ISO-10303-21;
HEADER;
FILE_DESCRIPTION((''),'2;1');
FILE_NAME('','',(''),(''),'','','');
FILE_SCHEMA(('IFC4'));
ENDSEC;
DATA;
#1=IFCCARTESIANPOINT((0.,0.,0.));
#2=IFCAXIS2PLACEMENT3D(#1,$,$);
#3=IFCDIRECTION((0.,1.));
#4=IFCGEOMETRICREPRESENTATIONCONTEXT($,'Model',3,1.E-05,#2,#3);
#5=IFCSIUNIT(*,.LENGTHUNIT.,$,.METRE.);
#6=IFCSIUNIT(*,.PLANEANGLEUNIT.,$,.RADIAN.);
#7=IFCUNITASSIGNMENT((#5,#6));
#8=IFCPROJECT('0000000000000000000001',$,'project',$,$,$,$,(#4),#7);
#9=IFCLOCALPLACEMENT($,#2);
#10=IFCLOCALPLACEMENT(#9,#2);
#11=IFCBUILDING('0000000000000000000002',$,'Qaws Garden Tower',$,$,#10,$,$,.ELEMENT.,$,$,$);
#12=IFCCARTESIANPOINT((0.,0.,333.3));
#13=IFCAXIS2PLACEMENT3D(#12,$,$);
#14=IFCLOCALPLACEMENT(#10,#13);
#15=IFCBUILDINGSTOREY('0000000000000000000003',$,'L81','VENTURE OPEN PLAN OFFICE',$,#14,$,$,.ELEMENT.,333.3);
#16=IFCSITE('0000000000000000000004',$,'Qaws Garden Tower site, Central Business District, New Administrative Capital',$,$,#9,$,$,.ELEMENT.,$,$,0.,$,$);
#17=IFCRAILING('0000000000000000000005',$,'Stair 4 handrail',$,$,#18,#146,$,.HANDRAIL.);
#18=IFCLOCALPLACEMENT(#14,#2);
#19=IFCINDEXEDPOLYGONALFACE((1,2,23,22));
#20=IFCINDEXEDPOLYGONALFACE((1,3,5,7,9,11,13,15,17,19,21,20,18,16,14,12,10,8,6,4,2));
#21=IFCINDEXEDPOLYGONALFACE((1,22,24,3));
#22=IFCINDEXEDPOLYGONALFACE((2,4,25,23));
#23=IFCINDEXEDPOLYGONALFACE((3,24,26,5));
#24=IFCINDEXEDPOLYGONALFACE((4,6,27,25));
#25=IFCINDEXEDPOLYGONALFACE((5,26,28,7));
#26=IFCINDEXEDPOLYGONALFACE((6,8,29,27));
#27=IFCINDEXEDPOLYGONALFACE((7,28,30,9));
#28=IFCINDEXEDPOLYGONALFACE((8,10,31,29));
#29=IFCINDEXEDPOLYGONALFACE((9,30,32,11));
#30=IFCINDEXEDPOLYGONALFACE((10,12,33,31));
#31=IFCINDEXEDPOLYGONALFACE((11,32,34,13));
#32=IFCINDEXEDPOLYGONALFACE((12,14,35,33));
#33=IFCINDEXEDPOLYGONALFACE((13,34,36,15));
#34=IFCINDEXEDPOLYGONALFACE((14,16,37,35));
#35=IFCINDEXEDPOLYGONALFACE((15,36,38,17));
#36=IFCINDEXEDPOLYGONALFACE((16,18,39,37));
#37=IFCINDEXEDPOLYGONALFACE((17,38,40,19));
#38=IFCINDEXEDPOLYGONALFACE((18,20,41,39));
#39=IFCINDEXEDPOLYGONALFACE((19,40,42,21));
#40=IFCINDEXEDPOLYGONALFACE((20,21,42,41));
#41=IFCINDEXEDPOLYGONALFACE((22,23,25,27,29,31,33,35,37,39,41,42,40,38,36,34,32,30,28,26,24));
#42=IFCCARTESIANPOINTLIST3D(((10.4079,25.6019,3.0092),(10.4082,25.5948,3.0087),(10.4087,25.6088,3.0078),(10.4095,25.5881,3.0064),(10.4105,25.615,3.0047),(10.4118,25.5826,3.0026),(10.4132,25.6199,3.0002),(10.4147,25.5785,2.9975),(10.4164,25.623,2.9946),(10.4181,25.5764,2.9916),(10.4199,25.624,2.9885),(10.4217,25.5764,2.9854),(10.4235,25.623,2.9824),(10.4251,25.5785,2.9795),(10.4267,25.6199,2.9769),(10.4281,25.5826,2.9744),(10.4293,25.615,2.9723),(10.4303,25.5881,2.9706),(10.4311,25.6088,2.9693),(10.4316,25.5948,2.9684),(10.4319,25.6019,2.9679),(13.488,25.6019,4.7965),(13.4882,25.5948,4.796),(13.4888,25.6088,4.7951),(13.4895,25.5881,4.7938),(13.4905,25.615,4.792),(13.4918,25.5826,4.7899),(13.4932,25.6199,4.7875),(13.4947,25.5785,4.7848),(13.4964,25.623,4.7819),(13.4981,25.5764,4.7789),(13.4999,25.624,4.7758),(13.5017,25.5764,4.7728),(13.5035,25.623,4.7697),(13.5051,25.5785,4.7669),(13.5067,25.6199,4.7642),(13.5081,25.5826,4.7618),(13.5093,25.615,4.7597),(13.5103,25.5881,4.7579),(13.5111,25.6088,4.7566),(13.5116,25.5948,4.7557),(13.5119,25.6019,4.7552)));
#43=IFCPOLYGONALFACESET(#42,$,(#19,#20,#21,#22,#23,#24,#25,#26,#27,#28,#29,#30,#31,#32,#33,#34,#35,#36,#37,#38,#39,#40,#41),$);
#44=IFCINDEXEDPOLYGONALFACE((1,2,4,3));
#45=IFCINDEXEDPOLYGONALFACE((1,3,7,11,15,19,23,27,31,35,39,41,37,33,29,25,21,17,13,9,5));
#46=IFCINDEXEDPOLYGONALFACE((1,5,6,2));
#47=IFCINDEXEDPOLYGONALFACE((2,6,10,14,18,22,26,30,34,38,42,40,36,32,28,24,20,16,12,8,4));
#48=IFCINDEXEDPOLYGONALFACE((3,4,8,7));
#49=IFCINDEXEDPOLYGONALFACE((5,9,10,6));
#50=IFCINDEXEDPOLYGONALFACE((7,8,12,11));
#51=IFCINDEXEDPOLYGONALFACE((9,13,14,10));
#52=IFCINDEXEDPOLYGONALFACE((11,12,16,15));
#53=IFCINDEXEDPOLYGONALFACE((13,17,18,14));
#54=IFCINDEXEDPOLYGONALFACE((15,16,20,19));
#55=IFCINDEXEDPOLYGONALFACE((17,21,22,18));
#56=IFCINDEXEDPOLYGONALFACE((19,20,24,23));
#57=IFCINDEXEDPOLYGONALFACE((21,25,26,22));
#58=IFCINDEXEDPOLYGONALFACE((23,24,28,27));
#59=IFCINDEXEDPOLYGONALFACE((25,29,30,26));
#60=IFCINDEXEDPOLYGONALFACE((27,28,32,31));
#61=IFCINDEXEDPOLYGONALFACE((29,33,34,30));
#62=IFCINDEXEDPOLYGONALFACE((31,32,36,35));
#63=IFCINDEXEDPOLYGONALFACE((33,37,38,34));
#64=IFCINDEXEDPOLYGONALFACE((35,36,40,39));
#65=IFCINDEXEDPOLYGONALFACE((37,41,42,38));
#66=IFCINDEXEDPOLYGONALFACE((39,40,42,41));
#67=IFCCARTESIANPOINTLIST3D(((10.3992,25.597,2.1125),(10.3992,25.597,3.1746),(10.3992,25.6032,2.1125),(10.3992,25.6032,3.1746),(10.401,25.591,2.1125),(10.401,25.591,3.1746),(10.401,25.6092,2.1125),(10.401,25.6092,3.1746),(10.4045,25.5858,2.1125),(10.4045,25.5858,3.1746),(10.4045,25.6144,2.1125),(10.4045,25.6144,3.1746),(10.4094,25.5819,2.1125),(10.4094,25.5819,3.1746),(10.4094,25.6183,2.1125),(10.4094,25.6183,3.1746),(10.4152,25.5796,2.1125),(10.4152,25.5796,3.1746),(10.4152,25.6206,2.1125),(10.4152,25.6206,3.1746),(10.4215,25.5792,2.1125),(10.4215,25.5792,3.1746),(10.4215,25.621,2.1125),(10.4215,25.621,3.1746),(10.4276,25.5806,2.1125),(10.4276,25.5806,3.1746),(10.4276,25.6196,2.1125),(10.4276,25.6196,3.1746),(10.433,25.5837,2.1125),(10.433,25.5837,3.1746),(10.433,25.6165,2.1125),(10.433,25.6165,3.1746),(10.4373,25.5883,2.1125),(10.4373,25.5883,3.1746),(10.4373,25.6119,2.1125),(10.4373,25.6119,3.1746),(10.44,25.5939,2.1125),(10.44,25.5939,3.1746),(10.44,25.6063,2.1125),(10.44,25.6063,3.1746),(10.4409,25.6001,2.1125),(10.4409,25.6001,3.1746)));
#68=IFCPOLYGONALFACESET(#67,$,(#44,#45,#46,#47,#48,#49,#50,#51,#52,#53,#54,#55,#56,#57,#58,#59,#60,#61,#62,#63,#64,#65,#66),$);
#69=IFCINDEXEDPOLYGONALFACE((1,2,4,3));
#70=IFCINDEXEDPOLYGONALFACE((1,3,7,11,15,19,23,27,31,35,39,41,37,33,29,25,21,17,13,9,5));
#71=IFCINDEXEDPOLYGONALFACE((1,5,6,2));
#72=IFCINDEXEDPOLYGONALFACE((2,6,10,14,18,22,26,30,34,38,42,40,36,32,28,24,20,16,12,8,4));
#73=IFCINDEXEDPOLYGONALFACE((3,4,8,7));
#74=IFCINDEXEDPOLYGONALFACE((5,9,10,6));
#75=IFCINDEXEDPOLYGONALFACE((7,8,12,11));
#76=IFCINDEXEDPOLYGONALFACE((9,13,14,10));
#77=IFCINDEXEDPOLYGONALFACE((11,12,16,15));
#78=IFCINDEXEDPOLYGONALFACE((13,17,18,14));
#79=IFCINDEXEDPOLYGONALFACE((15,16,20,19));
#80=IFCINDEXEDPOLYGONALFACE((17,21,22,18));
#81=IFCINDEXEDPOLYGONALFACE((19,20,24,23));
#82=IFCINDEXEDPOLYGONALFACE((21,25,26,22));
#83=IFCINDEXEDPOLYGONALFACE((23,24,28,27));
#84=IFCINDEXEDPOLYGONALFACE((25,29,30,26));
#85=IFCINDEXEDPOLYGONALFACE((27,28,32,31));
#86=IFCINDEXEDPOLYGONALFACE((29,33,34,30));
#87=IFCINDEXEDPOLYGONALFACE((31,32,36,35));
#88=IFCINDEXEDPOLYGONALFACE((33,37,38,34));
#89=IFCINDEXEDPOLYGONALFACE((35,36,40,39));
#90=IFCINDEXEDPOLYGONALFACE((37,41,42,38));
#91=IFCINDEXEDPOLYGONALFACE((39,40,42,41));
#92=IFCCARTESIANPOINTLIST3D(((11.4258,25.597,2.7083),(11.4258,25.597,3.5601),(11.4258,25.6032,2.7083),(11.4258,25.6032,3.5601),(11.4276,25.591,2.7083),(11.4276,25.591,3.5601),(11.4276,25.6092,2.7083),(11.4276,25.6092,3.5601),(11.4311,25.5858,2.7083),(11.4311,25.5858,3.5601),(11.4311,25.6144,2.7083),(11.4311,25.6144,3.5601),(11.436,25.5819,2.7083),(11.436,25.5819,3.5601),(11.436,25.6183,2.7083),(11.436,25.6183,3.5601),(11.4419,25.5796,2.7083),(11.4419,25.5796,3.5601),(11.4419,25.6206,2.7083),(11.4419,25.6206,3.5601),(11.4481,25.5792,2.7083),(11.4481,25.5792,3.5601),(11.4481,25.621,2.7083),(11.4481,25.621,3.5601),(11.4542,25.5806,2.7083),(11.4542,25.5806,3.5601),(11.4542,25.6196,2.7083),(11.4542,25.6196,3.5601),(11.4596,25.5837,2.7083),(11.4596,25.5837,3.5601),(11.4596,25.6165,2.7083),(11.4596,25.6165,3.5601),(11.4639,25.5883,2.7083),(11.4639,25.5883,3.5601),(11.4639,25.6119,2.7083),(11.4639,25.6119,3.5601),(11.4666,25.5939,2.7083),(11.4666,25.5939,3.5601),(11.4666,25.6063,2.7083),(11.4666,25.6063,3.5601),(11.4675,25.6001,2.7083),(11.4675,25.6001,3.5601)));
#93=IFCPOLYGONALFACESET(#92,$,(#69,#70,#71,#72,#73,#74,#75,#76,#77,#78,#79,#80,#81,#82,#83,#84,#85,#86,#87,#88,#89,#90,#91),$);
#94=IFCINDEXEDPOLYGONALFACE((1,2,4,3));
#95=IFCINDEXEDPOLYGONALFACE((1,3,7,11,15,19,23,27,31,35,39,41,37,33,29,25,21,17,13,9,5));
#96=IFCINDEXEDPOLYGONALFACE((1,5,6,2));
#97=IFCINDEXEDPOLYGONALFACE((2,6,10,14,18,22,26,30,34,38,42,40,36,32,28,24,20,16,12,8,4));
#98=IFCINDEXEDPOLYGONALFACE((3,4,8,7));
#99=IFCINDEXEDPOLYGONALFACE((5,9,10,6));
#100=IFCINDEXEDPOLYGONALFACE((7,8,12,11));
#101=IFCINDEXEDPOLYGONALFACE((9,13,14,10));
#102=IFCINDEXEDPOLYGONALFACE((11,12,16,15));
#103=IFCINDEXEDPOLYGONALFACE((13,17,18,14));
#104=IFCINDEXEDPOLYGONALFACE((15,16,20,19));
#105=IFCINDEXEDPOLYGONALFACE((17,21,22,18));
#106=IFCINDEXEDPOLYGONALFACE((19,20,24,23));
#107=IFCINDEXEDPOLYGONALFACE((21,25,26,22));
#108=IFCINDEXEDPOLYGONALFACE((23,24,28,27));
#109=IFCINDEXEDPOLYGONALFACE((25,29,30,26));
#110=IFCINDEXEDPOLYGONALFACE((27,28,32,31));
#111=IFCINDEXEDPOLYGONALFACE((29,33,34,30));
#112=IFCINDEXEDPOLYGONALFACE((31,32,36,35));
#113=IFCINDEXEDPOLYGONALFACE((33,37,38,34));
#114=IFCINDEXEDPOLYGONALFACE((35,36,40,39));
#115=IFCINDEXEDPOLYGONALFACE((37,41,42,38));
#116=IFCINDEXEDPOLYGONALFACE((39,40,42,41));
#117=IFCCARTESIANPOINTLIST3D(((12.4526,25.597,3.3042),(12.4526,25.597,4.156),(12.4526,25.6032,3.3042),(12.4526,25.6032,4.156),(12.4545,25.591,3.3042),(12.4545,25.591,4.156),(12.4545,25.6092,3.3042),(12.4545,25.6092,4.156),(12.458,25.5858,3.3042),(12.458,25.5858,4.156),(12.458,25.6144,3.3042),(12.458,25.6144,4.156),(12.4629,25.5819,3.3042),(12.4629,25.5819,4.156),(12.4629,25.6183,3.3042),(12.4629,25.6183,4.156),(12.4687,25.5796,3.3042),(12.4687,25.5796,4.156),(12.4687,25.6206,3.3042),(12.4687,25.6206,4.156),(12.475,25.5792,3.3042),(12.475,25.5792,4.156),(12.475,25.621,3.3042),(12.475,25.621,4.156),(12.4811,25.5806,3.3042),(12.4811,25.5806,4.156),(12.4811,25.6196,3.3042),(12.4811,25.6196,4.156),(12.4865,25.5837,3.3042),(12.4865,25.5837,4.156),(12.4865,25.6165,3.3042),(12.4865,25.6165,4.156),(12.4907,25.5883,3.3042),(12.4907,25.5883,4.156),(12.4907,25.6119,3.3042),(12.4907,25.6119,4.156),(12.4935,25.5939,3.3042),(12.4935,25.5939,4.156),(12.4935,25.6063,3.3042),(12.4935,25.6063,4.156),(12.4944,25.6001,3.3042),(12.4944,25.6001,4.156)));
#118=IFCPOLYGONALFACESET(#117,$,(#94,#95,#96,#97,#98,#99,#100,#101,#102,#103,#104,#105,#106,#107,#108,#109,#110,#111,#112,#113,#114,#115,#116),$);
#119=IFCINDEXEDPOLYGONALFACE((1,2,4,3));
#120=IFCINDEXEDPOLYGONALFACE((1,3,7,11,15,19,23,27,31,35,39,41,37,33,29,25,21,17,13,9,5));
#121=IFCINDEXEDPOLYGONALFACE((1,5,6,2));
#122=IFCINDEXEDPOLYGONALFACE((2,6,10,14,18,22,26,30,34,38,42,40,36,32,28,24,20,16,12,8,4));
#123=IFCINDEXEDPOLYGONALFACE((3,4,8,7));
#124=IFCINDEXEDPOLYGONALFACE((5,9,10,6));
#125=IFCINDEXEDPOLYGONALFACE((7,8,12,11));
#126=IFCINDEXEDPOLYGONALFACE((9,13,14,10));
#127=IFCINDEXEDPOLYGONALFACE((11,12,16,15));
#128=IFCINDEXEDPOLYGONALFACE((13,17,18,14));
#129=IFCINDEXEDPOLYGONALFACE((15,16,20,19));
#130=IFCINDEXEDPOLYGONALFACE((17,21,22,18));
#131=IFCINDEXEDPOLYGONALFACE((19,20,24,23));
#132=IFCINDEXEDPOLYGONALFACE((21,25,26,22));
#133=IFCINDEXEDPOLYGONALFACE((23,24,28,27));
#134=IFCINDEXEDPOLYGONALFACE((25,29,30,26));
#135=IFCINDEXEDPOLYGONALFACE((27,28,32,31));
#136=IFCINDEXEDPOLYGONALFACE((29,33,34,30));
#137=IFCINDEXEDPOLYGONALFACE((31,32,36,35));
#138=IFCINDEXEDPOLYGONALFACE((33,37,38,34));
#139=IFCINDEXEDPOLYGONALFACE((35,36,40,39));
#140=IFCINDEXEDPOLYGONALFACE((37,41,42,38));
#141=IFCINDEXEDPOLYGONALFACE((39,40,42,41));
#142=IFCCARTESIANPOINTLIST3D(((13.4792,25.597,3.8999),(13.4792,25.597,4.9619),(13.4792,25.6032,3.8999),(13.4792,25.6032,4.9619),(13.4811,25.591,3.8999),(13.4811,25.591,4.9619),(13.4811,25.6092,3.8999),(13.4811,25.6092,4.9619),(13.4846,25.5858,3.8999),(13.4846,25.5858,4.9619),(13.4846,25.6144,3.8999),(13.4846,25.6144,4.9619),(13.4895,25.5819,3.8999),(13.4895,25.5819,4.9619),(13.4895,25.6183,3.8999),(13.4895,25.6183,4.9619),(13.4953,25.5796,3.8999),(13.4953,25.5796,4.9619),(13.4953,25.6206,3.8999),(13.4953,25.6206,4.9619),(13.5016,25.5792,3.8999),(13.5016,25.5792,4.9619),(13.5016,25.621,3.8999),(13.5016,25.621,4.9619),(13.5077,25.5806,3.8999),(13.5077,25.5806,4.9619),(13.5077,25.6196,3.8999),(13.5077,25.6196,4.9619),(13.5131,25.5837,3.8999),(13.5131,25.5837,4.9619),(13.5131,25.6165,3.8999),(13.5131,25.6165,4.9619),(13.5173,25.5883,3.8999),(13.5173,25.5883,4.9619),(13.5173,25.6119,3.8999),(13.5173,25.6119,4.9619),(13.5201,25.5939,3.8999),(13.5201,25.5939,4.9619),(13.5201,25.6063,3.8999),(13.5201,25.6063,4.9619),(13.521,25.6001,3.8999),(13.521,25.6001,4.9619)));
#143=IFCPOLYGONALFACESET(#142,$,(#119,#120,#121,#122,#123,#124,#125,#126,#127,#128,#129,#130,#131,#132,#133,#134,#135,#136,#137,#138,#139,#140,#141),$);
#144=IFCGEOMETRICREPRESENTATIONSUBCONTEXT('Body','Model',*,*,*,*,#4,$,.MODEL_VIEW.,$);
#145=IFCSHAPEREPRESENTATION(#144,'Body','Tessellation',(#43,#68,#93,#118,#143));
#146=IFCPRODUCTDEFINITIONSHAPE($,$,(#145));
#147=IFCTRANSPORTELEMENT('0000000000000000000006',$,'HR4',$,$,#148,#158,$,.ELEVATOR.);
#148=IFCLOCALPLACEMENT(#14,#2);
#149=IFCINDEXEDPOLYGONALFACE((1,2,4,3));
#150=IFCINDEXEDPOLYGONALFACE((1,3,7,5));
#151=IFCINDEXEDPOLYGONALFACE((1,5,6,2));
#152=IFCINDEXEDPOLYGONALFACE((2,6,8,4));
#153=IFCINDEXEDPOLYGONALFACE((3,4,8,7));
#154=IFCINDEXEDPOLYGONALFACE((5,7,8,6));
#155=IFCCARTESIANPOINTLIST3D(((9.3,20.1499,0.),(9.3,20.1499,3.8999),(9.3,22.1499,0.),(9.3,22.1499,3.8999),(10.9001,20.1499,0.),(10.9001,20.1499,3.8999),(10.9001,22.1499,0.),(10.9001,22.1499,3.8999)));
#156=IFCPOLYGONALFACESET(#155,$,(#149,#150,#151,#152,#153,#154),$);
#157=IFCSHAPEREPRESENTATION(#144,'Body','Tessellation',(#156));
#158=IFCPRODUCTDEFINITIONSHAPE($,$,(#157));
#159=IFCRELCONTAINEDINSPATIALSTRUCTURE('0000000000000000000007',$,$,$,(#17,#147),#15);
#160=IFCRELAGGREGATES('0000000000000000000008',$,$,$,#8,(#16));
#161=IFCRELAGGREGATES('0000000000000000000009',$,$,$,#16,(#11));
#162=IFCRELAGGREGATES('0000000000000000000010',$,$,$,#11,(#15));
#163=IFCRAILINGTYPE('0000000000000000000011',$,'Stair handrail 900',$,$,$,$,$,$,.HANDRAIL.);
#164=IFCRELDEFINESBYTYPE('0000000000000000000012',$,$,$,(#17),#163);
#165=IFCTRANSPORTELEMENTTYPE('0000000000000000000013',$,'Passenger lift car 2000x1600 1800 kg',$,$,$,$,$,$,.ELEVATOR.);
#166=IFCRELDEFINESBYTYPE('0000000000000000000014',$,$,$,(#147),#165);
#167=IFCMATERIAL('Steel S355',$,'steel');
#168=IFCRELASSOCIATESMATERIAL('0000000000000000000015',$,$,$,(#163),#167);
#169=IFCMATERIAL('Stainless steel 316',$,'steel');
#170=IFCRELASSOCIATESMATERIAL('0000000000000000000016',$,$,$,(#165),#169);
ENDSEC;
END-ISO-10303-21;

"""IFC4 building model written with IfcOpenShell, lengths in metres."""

from ifc_helpers import new_model, si_unit, direction, frame, origin, origin_2d, place, context, subcontext, project, spatial, rectangle, circle, extrude, material, type_object, element, save


model = new_model("IFC4")

# Units and contexts
model_context = context("Model", 3, precision=1e-05, world=origin(), true_north=direction((0.0, 1.0)))
body_context = subcontext(model_context, "Body", "Model", "MODEL_VIEW")
ifc_project = project(units=[si_unit("LENGTHUNIT", "METRE"), si_unit("PLANEANGLEUNIT", "RADIAN")], contexts=[model_context])

# Site, building, storey
site_placement = place(None, origin())
site = spatial("IfcSite", under=ifc_project, at=site_placement, Name="Qaws Garden Tower site, Central Business District, New Administrative Capital", CompositionType="ELEMENT", RefElevation=0.0)
building_placement = place(site_placement, origin())
building = spatial("IfcBuilding", under=site, at=building_placement, Name="Qaws Garden Tower", CompositionType="ELEMENT")
storey_placement = place(building_placement, frame((0.0, 0.0, 333.3)))
storey = spatial("IfcBuildingStorey", under=building, at=storey_placement, Name="L81", Description="VENTURE OPEN PLAN OFFICE", CompositionType="ELEMENT", Elevation=333.3)

# Railing
ifc_material_1 = material(Name="Steel S355", Category="steel")
railing_type = type_object("IfcRailingType", Name="Stair handrail 900", PredefinedType="HANDRAIL", material=ifc_material_1)
railing_1_placement = place(storey_placement, frame((10.4199, 25.6001, 2.1125)))
element("IfcRailing", 1, at=railing_1_placement, inside=storey, type_object=railing_type, Name="Stair 4 handrail", PredefinedType="HANDRAIL", context=body_context, shape_type="SweptSolid", body=[
    extrude(circle(Radius=0.0239, at=origin_2d()), frame((0.0, 0.0, 0.876), z_axis=(0.86492, 0.0, 0.501909), x_axis=(0.0, 1.0, 0.0)), (0.0, 0.0, 1.0), 3.561),
    extrude(circle(Radius=0.021, at=origin_2d()), origin(), (0.0, 0.0, 1.0), 1.062),
    extrude(circle(Radius=0.021, at=origin_2d()), frame((1.0266, 0.0, 0.5957)), (0.0, 0.0, 1.0), 0.8518),
    extrude(circle(Radius=0.021, at=origin_2d()), frame((2.0535, 0.0, 1.1917)), (0.0, 0.0, 1.0), 0.8518),
    extrude(circle(Radius=0.021, at=origin_2d()), frame((3.0801, 0.0, 1.7874)), (0.0, 0.0, 1.0), 1.062),
])

# Transport element
ifc_material_2 = material(Name="Stainless steel 316", Category="steel")
transport_element_type = type_object("IfcTransportElementType", Name="Passenger lift car 2000x1600 1800 kg", PredefinedType="ELEVATOR", material=ifc_material_2)
transport_element_placement = place(storey_placement, frame((10.1001, 21.1499, 0.0), z_axis=(0.0, 0.0, 1.0), x_axis=(1.0, 0.0, 0.0)))
element("IfcTransportElement", 2, at=transport_element_placement, inside=storey, type_object=transport_element_type, Name="HR4", PredefinedType="ELEVATOR", context=body_context, shape_type="SweptSolid", body=[
    extrude(rectangle(XDim=1.6001, YDim=2.0, at=origin_2d()), origin(), (0.0, 0.0, 1.0), 3.8999),
])

save(model, "model.ifc")
